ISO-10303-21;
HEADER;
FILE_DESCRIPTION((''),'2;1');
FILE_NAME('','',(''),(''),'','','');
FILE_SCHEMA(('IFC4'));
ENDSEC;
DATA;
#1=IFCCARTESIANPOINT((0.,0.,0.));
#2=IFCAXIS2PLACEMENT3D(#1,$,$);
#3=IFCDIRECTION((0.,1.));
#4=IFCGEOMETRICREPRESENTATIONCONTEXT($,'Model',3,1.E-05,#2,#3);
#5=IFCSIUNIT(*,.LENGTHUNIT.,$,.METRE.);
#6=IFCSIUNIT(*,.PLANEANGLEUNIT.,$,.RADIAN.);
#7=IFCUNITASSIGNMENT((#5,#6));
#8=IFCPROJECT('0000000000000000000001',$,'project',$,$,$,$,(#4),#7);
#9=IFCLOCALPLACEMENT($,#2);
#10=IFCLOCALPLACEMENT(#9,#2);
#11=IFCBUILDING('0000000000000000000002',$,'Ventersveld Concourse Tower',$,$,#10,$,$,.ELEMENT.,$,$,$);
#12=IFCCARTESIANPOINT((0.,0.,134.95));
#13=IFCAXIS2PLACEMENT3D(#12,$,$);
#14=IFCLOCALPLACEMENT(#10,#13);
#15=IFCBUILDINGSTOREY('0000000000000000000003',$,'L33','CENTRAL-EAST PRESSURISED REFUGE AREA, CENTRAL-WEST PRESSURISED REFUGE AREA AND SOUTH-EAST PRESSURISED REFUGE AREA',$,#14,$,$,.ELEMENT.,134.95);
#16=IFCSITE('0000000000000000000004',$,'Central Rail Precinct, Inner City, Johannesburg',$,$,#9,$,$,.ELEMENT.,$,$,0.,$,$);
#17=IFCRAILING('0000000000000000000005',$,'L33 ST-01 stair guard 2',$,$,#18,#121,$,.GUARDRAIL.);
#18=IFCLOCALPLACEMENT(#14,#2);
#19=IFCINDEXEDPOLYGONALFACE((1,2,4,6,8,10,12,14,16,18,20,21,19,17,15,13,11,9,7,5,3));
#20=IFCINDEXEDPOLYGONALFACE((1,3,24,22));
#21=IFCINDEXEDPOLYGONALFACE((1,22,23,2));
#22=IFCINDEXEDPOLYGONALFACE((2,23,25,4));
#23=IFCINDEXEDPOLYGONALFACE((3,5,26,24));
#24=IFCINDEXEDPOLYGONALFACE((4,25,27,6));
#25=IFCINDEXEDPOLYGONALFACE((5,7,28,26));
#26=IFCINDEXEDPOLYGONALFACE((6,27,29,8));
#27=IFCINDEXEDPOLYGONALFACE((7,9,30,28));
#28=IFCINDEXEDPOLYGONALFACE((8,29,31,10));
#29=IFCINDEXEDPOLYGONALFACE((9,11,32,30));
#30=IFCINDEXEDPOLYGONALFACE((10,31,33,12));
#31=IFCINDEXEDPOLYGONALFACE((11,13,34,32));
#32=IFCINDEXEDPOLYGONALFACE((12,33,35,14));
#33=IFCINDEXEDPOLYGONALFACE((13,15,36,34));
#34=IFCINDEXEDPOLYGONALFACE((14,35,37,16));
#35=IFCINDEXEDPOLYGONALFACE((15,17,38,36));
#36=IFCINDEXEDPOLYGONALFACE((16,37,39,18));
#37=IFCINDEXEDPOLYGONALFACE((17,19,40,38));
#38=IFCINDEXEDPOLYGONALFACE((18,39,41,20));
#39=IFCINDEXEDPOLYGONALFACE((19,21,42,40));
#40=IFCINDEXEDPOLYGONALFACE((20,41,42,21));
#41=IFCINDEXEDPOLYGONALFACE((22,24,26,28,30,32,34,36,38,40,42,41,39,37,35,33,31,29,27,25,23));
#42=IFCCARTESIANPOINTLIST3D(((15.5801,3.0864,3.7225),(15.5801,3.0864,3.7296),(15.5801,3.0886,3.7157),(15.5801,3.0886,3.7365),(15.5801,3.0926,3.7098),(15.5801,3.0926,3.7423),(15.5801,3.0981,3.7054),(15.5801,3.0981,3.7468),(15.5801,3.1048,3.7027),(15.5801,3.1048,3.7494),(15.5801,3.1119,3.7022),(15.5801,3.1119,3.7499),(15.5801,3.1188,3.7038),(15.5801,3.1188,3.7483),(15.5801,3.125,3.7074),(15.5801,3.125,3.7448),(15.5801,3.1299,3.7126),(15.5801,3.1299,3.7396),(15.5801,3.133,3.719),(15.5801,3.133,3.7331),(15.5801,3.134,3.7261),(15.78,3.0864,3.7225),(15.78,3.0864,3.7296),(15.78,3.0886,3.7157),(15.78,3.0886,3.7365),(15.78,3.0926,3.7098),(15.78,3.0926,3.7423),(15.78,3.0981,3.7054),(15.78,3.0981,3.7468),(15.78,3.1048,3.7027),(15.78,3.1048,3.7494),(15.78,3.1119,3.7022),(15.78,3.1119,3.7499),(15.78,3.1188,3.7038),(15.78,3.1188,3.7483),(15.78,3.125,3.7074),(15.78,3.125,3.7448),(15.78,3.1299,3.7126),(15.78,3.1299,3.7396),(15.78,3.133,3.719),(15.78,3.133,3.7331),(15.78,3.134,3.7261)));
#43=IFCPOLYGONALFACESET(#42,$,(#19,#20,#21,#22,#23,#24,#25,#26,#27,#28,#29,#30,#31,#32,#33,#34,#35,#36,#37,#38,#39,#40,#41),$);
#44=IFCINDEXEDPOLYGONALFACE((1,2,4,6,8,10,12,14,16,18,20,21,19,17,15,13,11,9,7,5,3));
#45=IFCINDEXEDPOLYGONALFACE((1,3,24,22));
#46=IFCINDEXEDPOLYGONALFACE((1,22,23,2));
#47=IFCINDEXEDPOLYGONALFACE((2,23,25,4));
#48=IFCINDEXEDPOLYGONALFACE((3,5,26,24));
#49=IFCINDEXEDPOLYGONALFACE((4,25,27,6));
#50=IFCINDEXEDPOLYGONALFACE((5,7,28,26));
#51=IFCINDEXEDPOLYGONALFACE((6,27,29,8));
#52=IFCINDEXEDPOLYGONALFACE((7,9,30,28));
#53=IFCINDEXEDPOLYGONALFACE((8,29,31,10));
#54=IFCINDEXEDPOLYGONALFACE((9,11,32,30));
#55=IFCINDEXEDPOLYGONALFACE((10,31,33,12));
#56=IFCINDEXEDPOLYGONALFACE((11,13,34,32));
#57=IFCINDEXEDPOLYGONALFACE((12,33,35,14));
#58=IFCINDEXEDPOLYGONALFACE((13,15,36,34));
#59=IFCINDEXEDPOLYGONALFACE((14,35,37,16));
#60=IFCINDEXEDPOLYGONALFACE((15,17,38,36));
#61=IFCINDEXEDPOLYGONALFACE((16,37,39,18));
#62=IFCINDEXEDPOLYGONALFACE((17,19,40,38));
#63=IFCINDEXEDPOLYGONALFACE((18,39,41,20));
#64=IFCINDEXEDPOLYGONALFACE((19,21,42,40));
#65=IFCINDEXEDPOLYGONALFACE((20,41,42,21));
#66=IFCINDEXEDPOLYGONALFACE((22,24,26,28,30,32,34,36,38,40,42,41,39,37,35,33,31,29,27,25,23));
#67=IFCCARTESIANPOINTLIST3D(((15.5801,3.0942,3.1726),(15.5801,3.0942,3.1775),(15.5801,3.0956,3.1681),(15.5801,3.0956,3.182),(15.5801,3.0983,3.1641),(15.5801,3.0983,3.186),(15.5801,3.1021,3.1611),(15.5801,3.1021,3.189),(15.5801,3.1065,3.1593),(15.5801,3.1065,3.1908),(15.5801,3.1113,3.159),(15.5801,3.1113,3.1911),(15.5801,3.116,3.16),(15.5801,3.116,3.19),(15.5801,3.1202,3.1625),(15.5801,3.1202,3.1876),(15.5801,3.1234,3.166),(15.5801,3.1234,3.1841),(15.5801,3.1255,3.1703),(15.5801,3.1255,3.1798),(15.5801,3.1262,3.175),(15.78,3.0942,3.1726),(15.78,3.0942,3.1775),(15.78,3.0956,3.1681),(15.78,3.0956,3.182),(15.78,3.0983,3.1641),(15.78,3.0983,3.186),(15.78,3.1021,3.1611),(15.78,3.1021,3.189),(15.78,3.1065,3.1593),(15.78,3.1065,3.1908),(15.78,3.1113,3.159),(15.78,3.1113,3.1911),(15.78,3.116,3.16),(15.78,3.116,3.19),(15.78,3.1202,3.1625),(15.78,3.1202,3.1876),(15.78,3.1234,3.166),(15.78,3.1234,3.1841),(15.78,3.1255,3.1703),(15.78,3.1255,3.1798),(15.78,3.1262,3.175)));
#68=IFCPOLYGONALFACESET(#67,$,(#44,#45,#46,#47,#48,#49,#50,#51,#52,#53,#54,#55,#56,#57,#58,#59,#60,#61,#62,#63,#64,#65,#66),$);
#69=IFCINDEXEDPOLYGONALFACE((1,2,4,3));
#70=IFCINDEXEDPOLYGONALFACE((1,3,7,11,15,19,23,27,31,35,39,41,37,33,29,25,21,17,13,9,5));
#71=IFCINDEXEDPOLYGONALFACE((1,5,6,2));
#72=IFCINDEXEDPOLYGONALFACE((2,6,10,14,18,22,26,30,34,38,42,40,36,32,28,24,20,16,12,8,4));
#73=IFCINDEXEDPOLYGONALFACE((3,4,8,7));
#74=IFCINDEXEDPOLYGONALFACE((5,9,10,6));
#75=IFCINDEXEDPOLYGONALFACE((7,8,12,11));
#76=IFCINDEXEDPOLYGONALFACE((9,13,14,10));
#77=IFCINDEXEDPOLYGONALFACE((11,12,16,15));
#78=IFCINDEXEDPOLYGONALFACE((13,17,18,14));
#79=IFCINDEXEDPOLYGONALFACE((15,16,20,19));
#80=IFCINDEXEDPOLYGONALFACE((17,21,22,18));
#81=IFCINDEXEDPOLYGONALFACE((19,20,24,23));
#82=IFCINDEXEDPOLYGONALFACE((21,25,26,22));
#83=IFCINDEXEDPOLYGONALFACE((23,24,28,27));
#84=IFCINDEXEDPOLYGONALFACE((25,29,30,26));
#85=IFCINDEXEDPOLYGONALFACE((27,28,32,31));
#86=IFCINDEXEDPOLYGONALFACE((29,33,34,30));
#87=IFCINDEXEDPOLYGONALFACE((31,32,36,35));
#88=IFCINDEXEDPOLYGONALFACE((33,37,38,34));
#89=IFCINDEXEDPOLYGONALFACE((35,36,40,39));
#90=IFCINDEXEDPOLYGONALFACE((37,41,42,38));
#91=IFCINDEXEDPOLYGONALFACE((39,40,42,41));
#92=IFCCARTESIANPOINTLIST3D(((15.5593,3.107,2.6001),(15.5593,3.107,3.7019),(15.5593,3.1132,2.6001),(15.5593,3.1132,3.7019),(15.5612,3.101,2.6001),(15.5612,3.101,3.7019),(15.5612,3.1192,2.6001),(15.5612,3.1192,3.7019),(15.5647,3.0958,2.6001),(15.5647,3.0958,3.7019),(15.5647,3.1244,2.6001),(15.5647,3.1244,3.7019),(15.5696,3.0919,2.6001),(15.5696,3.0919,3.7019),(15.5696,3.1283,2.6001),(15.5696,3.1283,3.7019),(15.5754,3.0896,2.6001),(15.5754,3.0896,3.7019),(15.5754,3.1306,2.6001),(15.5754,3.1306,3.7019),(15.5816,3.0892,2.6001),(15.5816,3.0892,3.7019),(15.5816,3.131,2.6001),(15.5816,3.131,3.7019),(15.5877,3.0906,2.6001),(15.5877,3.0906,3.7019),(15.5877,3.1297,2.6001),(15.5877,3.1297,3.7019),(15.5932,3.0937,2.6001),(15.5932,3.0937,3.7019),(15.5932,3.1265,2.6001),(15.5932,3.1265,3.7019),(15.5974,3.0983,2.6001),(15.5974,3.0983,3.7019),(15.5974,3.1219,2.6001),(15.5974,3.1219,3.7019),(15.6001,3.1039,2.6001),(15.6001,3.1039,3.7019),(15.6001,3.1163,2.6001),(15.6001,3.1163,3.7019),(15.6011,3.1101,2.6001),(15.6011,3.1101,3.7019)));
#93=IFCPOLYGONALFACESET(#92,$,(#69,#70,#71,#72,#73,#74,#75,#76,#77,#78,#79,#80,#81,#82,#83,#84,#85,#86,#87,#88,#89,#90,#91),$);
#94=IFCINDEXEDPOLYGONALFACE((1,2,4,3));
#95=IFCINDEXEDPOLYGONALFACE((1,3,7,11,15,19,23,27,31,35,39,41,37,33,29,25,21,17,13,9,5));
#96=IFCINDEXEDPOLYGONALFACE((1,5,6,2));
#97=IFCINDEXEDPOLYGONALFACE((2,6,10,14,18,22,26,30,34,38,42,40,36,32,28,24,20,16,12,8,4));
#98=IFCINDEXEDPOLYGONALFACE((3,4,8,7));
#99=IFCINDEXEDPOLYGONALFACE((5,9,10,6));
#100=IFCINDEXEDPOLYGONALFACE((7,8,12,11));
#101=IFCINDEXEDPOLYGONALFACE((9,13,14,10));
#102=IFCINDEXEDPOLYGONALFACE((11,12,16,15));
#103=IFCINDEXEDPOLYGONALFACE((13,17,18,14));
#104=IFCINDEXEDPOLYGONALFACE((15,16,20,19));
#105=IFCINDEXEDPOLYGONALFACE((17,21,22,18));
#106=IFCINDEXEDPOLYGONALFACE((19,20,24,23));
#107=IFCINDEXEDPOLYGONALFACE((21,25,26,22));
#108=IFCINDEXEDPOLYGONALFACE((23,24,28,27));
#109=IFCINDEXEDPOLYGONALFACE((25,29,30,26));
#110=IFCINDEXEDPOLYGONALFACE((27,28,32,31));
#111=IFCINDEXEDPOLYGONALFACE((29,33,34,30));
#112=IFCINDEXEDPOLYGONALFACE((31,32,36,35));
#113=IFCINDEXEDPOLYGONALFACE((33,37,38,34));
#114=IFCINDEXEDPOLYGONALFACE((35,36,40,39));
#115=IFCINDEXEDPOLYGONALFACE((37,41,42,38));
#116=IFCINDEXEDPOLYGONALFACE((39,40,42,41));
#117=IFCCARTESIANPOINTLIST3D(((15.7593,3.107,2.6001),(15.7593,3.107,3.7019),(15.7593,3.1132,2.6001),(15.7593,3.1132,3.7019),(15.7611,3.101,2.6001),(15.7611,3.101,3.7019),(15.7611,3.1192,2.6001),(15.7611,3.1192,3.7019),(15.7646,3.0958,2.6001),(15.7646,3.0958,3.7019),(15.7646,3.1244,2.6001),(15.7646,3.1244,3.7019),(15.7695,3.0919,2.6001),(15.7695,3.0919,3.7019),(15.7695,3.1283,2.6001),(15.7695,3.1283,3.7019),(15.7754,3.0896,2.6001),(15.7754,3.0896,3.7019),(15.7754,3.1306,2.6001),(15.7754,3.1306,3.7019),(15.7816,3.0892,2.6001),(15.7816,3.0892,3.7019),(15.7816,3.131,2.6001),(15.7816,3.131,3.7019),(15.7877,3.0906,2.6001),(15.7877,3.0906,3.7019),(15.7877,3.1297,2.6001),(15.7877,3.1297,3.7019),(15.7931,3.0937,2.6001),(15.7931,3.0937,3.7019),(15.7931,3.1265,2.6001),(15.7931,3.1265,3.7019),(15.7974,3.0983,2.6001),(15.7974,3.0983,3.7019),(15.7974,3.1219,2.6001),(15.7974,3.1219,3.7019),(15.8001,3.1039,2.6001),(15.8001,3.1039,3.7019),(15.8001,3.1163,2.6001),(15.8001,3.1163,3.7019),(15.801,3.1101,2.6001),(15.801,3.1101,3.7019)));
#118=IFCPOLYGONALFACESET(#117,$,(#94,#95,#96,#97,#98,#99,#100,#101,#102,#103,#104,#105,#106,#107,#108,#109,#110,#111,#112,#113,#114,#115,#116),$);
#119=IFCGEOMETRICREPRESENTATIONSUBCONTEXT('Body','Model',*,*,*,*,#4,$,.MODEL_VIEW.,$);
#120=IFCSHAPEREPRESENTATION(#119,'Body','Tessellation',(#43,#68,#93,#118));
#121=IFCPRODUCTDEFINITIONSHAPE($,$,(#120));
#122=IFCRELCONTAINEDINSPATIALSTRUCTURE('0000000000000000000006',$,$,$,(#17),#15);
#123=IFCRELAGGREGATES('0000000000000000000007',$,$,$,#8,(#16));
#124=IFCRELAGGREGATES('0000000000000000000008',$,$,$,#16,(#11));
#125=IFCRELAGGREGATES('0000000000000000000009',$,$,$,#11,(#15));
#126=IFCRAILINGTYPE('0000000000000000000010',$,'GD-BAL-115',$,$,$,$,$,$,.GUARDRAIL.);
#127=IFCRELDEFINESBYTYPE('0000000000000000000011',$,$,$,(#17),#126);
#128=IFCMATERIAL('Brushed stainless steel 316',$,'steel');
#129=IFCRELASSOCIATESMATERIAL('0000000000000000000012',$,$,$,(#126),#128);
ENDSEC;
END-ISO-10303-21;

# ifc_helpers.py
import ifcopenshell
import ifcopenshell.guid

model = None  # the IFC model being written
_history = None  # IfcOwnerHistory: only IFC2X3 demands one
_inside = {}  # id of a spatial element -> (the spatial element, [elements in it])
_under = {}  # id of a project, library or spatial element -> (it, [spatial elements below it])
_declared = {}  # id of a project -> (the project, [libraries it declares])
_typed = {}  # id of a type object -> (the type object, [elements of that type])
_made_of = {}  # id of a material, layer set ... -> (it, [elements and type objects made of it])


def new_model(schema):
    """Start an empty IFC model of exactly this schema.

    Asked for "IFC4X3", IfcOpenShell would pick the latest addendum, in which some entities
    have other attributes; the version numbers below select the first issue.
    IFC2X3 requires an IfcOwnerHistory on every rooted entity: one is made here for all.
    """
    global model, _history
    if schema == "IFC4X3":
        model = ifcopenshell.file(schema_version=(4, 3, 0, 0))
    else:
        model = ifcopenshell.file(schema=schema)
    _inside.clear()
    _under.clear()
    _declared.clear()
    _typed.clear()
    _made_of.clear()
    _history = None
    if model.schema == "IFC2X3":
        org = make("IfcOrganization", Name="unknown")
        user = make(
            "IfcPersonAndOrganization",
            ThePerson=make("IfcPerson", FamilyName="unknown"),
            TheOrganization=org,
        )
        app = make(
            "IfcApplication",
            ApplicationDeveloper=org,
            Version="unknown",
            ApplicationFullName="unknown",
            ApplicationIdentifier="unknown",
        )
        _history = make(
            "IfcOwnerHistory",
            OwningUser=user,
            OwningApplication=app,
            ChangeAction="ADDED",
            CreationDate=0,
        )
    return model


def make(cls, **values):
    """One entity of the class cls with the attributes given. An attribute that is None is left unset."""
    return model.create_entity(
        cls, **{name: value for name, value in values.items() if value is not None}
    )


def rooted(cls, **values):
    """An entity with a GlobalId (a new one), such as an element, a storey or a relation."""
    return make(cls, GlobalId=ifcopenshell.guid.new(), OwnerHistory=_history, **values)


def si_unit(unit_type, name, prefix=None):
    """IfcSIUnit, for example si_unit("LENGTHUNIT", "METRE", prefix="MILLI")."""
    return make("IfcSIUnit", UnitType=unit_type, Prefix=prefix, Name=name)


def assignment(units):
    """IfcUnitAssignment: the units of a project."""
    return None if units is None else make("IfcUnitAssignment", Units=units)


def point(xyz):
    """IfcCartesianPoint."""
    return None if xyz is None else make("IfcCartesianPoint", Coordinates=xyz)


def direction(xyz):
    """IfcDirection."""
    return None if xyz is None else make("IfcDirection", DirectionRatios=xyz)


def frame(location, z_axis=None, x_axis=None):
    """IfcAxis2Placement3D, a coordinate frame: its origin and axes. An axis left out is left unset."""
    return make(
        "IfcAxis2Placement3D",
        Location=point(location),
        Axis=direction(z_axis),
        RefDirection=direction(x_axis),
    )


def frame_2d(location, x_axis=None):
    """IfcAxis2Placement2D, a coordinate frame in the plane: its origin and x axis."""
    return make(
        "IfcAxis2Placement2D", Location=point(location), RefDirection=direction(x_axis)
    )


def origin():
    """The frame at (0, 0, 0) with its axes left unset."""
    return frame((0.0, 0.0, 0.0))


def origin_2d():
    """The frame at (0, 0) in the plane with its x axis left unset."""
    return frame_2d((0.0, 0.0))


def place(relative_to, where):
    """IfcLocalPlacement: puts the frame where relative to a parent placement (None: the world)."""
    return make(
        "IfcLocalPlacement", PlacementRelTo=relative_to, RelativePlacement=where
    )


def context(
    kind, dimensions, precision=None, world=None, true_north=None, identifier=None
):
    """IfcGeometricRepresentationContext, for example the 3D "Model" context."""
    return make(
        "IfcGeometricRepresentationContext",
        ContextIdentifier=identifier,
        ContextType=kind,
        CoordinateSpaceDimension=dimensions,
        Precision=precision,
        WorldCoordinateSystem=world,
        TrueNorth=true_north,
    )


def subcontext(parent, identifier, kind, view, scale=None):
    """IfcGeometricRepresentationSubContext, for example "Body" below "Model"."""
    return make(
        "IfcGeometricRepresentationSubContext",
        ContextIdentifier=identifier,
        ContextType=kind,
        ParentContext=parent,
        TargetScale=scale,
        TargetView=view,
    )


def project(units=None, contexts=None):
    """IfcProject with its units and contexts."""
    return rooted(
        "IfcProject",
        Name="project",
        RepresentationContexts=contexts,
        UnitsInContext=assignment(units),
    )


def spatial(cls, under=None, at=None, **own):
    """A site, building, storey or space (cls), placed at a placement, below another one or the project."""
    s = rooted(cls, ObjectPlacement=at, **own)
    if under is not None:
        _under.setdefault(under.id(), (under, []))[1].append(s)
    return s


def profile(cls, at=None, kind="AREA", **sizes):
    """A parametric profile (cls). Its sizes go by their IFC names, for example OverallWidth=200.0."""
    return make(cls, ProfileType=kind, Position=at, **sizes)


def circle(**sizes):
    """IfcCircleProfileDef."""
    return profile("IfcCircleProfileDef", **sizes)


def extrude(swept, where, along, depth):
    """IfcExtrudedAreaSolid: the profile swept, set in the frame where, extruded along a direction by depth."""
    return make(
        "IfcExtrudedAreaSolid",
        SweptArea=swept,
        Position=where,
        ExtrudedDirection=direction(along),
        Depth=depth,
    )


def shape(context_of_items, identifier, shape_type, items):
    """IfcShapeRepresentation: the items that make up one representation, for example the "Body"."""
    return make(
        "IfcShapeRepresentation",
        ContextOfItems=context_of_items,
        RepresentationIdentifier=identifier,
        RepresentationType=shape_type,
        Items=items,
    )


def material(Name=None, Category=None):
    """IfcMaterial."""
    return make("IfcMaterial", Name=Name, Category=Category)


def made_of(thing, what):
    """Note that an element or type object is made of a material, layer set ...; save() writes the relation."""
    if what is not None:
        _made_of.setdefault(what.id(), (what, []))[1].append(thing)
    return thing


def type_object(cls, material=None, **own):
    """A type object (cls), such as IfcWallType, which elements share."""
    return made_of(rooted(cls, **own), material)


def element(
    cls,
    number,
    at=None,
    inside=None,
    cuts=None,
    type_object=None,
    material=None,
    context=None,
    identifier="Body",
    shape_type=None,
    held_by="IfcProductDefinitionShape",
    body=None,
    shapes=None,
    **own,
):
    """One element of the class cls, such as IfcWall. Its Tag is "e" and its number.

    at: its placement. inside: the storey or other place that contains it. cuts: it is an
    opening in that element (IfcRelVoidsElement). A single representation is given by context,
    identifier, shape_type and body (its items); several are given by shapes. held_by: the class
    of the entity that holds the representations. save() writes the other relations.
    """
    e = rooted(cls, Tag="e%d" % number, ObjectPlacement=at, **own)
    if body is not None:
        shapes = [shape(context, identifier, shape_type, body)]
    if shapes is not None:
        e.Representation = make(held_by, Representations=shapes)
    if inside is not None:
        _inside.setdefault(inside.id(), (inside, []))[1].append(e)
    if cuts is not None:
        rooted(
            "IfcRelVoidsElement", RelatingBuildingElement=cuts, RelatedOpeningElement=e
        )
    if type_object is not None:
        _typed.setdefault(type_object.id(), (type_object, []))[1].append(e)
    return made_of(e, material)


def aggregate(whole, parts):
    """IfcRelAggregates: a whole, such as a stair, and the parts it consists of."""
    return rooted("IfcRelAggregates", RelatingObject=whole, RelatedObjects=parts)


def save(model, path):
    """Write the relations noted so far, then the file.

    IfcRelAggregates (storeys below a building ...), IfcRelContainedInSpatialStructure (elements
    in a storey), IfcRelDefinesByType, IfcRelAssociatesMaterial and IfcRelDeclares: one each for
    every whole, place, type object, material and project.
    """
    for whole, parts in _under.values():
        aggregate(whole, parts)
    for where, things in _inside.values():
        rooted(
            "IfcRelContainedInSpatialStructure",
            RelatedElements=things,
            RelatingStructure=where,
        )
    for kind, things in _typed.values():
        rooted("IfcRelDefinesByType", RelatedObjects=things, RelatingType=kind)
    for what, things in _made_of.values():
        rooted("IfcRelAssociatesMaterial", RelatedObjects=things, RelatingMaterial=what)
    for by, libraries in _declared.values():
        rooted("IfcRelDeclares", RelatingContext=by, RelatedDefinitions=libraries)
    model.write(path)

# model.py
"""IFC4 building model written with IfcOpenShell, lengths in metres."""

from ifc_helpers import new_model, si_unit, direction, frame, origin, origin_2d, place, context, subcontext, project, spatial, circle, extrude, material, type_object, element, save


model = new_model("IFC4")

# Units and contexts
model_context = context("Model", 3, precision=1e-05, world=origin(), true_north=direction((0.0, 1.0)))
body_context = subcontext(model_context, "Body", "Model", "MODEL_VIEW")
ifc_project = project(units=[si_unit("LENGTHUNIT", "METRE"), si_unit("PLANEANGLEUNIT", "RADIAN")], contexts=[model_context])

# Site, building, storey
site_placement = place(None, origin())
site = spatial("IfcSite", under=ifc_project, at=site_placement, Name="Central Rail Precinct, Inner City, Johannesburg", CompositionType="ELEMENT", RefElevation=0.0)
building_placement = place(site_placement, origin())
building = spatial("IfcBuilding", under=site, at=building_placement, Name="Ventersveld Concourse Tower", CompositionType="ELEMENT")
storey_placement = place(building_placement, frame((0.0, 0.0, 134.95)))
storey = spatial("IfcBuildingStorey", under=building, at=storey_placement, Name="L33", Description="CENTRAL-EAST PRESSURISED REFUGE AREA, CENTRAL-WEST PRESSURISED REFUGE AREA AND SOUTH-EAST PRESSURISED REFUGE AREA", CompositionType="ELEMENT", Elevation=134.95)

# Railing
ifc_material_1 = material(Name="Brushed stainless steel 316", Category="steel")
railing_type_1 = type_object("IfcRailingType", Name="GD-BAL-115", PredefinedType="GUARDRAIL", material=ifc_material_1)
railing_1_placement = place(storey_placement, frame((15.5801, 3.1101, 2.6001)))
element("IfcRailing", 1, at=railing_1_placement, inside=storey, type_object=railing_type_1, Name="L33 ST-01 stair guard 2", PredefinedType="GUARDRAIL", context=body_context, shape_type="SweptSolid", body=[
    extrude(circle(Radius=0.0239, at=origin_2d()), frame((0.0, 0.0, 1.126), z_axis=(1.0, 0.0, 0.0), x_axis=(0.0, 1.0, 0.0)), (0.0, 0.0, 1.0), 0.2),
    extrude(circle(Radius=0.0161, at=origin_2d()), frame((0.0, 0.0, 0.575), z_axis=(1.0, 0.0, 0.0), x_axis=(0.0, 1.0, 0.0)), (0.0, 0.0, 1.0), 0.2),
    extrude(circle(Radius=0.021, at=origin_2d()), origin(), (0.0, 0.0, 1.0), 1.1018),
    extrude(circle(Radius=0.021, at=origin_2d()), frame((0.2, 0.0, 0.0)), (0.0, 0.0, 1.0), 1.1018),
])

save(model, "model.ifc")
